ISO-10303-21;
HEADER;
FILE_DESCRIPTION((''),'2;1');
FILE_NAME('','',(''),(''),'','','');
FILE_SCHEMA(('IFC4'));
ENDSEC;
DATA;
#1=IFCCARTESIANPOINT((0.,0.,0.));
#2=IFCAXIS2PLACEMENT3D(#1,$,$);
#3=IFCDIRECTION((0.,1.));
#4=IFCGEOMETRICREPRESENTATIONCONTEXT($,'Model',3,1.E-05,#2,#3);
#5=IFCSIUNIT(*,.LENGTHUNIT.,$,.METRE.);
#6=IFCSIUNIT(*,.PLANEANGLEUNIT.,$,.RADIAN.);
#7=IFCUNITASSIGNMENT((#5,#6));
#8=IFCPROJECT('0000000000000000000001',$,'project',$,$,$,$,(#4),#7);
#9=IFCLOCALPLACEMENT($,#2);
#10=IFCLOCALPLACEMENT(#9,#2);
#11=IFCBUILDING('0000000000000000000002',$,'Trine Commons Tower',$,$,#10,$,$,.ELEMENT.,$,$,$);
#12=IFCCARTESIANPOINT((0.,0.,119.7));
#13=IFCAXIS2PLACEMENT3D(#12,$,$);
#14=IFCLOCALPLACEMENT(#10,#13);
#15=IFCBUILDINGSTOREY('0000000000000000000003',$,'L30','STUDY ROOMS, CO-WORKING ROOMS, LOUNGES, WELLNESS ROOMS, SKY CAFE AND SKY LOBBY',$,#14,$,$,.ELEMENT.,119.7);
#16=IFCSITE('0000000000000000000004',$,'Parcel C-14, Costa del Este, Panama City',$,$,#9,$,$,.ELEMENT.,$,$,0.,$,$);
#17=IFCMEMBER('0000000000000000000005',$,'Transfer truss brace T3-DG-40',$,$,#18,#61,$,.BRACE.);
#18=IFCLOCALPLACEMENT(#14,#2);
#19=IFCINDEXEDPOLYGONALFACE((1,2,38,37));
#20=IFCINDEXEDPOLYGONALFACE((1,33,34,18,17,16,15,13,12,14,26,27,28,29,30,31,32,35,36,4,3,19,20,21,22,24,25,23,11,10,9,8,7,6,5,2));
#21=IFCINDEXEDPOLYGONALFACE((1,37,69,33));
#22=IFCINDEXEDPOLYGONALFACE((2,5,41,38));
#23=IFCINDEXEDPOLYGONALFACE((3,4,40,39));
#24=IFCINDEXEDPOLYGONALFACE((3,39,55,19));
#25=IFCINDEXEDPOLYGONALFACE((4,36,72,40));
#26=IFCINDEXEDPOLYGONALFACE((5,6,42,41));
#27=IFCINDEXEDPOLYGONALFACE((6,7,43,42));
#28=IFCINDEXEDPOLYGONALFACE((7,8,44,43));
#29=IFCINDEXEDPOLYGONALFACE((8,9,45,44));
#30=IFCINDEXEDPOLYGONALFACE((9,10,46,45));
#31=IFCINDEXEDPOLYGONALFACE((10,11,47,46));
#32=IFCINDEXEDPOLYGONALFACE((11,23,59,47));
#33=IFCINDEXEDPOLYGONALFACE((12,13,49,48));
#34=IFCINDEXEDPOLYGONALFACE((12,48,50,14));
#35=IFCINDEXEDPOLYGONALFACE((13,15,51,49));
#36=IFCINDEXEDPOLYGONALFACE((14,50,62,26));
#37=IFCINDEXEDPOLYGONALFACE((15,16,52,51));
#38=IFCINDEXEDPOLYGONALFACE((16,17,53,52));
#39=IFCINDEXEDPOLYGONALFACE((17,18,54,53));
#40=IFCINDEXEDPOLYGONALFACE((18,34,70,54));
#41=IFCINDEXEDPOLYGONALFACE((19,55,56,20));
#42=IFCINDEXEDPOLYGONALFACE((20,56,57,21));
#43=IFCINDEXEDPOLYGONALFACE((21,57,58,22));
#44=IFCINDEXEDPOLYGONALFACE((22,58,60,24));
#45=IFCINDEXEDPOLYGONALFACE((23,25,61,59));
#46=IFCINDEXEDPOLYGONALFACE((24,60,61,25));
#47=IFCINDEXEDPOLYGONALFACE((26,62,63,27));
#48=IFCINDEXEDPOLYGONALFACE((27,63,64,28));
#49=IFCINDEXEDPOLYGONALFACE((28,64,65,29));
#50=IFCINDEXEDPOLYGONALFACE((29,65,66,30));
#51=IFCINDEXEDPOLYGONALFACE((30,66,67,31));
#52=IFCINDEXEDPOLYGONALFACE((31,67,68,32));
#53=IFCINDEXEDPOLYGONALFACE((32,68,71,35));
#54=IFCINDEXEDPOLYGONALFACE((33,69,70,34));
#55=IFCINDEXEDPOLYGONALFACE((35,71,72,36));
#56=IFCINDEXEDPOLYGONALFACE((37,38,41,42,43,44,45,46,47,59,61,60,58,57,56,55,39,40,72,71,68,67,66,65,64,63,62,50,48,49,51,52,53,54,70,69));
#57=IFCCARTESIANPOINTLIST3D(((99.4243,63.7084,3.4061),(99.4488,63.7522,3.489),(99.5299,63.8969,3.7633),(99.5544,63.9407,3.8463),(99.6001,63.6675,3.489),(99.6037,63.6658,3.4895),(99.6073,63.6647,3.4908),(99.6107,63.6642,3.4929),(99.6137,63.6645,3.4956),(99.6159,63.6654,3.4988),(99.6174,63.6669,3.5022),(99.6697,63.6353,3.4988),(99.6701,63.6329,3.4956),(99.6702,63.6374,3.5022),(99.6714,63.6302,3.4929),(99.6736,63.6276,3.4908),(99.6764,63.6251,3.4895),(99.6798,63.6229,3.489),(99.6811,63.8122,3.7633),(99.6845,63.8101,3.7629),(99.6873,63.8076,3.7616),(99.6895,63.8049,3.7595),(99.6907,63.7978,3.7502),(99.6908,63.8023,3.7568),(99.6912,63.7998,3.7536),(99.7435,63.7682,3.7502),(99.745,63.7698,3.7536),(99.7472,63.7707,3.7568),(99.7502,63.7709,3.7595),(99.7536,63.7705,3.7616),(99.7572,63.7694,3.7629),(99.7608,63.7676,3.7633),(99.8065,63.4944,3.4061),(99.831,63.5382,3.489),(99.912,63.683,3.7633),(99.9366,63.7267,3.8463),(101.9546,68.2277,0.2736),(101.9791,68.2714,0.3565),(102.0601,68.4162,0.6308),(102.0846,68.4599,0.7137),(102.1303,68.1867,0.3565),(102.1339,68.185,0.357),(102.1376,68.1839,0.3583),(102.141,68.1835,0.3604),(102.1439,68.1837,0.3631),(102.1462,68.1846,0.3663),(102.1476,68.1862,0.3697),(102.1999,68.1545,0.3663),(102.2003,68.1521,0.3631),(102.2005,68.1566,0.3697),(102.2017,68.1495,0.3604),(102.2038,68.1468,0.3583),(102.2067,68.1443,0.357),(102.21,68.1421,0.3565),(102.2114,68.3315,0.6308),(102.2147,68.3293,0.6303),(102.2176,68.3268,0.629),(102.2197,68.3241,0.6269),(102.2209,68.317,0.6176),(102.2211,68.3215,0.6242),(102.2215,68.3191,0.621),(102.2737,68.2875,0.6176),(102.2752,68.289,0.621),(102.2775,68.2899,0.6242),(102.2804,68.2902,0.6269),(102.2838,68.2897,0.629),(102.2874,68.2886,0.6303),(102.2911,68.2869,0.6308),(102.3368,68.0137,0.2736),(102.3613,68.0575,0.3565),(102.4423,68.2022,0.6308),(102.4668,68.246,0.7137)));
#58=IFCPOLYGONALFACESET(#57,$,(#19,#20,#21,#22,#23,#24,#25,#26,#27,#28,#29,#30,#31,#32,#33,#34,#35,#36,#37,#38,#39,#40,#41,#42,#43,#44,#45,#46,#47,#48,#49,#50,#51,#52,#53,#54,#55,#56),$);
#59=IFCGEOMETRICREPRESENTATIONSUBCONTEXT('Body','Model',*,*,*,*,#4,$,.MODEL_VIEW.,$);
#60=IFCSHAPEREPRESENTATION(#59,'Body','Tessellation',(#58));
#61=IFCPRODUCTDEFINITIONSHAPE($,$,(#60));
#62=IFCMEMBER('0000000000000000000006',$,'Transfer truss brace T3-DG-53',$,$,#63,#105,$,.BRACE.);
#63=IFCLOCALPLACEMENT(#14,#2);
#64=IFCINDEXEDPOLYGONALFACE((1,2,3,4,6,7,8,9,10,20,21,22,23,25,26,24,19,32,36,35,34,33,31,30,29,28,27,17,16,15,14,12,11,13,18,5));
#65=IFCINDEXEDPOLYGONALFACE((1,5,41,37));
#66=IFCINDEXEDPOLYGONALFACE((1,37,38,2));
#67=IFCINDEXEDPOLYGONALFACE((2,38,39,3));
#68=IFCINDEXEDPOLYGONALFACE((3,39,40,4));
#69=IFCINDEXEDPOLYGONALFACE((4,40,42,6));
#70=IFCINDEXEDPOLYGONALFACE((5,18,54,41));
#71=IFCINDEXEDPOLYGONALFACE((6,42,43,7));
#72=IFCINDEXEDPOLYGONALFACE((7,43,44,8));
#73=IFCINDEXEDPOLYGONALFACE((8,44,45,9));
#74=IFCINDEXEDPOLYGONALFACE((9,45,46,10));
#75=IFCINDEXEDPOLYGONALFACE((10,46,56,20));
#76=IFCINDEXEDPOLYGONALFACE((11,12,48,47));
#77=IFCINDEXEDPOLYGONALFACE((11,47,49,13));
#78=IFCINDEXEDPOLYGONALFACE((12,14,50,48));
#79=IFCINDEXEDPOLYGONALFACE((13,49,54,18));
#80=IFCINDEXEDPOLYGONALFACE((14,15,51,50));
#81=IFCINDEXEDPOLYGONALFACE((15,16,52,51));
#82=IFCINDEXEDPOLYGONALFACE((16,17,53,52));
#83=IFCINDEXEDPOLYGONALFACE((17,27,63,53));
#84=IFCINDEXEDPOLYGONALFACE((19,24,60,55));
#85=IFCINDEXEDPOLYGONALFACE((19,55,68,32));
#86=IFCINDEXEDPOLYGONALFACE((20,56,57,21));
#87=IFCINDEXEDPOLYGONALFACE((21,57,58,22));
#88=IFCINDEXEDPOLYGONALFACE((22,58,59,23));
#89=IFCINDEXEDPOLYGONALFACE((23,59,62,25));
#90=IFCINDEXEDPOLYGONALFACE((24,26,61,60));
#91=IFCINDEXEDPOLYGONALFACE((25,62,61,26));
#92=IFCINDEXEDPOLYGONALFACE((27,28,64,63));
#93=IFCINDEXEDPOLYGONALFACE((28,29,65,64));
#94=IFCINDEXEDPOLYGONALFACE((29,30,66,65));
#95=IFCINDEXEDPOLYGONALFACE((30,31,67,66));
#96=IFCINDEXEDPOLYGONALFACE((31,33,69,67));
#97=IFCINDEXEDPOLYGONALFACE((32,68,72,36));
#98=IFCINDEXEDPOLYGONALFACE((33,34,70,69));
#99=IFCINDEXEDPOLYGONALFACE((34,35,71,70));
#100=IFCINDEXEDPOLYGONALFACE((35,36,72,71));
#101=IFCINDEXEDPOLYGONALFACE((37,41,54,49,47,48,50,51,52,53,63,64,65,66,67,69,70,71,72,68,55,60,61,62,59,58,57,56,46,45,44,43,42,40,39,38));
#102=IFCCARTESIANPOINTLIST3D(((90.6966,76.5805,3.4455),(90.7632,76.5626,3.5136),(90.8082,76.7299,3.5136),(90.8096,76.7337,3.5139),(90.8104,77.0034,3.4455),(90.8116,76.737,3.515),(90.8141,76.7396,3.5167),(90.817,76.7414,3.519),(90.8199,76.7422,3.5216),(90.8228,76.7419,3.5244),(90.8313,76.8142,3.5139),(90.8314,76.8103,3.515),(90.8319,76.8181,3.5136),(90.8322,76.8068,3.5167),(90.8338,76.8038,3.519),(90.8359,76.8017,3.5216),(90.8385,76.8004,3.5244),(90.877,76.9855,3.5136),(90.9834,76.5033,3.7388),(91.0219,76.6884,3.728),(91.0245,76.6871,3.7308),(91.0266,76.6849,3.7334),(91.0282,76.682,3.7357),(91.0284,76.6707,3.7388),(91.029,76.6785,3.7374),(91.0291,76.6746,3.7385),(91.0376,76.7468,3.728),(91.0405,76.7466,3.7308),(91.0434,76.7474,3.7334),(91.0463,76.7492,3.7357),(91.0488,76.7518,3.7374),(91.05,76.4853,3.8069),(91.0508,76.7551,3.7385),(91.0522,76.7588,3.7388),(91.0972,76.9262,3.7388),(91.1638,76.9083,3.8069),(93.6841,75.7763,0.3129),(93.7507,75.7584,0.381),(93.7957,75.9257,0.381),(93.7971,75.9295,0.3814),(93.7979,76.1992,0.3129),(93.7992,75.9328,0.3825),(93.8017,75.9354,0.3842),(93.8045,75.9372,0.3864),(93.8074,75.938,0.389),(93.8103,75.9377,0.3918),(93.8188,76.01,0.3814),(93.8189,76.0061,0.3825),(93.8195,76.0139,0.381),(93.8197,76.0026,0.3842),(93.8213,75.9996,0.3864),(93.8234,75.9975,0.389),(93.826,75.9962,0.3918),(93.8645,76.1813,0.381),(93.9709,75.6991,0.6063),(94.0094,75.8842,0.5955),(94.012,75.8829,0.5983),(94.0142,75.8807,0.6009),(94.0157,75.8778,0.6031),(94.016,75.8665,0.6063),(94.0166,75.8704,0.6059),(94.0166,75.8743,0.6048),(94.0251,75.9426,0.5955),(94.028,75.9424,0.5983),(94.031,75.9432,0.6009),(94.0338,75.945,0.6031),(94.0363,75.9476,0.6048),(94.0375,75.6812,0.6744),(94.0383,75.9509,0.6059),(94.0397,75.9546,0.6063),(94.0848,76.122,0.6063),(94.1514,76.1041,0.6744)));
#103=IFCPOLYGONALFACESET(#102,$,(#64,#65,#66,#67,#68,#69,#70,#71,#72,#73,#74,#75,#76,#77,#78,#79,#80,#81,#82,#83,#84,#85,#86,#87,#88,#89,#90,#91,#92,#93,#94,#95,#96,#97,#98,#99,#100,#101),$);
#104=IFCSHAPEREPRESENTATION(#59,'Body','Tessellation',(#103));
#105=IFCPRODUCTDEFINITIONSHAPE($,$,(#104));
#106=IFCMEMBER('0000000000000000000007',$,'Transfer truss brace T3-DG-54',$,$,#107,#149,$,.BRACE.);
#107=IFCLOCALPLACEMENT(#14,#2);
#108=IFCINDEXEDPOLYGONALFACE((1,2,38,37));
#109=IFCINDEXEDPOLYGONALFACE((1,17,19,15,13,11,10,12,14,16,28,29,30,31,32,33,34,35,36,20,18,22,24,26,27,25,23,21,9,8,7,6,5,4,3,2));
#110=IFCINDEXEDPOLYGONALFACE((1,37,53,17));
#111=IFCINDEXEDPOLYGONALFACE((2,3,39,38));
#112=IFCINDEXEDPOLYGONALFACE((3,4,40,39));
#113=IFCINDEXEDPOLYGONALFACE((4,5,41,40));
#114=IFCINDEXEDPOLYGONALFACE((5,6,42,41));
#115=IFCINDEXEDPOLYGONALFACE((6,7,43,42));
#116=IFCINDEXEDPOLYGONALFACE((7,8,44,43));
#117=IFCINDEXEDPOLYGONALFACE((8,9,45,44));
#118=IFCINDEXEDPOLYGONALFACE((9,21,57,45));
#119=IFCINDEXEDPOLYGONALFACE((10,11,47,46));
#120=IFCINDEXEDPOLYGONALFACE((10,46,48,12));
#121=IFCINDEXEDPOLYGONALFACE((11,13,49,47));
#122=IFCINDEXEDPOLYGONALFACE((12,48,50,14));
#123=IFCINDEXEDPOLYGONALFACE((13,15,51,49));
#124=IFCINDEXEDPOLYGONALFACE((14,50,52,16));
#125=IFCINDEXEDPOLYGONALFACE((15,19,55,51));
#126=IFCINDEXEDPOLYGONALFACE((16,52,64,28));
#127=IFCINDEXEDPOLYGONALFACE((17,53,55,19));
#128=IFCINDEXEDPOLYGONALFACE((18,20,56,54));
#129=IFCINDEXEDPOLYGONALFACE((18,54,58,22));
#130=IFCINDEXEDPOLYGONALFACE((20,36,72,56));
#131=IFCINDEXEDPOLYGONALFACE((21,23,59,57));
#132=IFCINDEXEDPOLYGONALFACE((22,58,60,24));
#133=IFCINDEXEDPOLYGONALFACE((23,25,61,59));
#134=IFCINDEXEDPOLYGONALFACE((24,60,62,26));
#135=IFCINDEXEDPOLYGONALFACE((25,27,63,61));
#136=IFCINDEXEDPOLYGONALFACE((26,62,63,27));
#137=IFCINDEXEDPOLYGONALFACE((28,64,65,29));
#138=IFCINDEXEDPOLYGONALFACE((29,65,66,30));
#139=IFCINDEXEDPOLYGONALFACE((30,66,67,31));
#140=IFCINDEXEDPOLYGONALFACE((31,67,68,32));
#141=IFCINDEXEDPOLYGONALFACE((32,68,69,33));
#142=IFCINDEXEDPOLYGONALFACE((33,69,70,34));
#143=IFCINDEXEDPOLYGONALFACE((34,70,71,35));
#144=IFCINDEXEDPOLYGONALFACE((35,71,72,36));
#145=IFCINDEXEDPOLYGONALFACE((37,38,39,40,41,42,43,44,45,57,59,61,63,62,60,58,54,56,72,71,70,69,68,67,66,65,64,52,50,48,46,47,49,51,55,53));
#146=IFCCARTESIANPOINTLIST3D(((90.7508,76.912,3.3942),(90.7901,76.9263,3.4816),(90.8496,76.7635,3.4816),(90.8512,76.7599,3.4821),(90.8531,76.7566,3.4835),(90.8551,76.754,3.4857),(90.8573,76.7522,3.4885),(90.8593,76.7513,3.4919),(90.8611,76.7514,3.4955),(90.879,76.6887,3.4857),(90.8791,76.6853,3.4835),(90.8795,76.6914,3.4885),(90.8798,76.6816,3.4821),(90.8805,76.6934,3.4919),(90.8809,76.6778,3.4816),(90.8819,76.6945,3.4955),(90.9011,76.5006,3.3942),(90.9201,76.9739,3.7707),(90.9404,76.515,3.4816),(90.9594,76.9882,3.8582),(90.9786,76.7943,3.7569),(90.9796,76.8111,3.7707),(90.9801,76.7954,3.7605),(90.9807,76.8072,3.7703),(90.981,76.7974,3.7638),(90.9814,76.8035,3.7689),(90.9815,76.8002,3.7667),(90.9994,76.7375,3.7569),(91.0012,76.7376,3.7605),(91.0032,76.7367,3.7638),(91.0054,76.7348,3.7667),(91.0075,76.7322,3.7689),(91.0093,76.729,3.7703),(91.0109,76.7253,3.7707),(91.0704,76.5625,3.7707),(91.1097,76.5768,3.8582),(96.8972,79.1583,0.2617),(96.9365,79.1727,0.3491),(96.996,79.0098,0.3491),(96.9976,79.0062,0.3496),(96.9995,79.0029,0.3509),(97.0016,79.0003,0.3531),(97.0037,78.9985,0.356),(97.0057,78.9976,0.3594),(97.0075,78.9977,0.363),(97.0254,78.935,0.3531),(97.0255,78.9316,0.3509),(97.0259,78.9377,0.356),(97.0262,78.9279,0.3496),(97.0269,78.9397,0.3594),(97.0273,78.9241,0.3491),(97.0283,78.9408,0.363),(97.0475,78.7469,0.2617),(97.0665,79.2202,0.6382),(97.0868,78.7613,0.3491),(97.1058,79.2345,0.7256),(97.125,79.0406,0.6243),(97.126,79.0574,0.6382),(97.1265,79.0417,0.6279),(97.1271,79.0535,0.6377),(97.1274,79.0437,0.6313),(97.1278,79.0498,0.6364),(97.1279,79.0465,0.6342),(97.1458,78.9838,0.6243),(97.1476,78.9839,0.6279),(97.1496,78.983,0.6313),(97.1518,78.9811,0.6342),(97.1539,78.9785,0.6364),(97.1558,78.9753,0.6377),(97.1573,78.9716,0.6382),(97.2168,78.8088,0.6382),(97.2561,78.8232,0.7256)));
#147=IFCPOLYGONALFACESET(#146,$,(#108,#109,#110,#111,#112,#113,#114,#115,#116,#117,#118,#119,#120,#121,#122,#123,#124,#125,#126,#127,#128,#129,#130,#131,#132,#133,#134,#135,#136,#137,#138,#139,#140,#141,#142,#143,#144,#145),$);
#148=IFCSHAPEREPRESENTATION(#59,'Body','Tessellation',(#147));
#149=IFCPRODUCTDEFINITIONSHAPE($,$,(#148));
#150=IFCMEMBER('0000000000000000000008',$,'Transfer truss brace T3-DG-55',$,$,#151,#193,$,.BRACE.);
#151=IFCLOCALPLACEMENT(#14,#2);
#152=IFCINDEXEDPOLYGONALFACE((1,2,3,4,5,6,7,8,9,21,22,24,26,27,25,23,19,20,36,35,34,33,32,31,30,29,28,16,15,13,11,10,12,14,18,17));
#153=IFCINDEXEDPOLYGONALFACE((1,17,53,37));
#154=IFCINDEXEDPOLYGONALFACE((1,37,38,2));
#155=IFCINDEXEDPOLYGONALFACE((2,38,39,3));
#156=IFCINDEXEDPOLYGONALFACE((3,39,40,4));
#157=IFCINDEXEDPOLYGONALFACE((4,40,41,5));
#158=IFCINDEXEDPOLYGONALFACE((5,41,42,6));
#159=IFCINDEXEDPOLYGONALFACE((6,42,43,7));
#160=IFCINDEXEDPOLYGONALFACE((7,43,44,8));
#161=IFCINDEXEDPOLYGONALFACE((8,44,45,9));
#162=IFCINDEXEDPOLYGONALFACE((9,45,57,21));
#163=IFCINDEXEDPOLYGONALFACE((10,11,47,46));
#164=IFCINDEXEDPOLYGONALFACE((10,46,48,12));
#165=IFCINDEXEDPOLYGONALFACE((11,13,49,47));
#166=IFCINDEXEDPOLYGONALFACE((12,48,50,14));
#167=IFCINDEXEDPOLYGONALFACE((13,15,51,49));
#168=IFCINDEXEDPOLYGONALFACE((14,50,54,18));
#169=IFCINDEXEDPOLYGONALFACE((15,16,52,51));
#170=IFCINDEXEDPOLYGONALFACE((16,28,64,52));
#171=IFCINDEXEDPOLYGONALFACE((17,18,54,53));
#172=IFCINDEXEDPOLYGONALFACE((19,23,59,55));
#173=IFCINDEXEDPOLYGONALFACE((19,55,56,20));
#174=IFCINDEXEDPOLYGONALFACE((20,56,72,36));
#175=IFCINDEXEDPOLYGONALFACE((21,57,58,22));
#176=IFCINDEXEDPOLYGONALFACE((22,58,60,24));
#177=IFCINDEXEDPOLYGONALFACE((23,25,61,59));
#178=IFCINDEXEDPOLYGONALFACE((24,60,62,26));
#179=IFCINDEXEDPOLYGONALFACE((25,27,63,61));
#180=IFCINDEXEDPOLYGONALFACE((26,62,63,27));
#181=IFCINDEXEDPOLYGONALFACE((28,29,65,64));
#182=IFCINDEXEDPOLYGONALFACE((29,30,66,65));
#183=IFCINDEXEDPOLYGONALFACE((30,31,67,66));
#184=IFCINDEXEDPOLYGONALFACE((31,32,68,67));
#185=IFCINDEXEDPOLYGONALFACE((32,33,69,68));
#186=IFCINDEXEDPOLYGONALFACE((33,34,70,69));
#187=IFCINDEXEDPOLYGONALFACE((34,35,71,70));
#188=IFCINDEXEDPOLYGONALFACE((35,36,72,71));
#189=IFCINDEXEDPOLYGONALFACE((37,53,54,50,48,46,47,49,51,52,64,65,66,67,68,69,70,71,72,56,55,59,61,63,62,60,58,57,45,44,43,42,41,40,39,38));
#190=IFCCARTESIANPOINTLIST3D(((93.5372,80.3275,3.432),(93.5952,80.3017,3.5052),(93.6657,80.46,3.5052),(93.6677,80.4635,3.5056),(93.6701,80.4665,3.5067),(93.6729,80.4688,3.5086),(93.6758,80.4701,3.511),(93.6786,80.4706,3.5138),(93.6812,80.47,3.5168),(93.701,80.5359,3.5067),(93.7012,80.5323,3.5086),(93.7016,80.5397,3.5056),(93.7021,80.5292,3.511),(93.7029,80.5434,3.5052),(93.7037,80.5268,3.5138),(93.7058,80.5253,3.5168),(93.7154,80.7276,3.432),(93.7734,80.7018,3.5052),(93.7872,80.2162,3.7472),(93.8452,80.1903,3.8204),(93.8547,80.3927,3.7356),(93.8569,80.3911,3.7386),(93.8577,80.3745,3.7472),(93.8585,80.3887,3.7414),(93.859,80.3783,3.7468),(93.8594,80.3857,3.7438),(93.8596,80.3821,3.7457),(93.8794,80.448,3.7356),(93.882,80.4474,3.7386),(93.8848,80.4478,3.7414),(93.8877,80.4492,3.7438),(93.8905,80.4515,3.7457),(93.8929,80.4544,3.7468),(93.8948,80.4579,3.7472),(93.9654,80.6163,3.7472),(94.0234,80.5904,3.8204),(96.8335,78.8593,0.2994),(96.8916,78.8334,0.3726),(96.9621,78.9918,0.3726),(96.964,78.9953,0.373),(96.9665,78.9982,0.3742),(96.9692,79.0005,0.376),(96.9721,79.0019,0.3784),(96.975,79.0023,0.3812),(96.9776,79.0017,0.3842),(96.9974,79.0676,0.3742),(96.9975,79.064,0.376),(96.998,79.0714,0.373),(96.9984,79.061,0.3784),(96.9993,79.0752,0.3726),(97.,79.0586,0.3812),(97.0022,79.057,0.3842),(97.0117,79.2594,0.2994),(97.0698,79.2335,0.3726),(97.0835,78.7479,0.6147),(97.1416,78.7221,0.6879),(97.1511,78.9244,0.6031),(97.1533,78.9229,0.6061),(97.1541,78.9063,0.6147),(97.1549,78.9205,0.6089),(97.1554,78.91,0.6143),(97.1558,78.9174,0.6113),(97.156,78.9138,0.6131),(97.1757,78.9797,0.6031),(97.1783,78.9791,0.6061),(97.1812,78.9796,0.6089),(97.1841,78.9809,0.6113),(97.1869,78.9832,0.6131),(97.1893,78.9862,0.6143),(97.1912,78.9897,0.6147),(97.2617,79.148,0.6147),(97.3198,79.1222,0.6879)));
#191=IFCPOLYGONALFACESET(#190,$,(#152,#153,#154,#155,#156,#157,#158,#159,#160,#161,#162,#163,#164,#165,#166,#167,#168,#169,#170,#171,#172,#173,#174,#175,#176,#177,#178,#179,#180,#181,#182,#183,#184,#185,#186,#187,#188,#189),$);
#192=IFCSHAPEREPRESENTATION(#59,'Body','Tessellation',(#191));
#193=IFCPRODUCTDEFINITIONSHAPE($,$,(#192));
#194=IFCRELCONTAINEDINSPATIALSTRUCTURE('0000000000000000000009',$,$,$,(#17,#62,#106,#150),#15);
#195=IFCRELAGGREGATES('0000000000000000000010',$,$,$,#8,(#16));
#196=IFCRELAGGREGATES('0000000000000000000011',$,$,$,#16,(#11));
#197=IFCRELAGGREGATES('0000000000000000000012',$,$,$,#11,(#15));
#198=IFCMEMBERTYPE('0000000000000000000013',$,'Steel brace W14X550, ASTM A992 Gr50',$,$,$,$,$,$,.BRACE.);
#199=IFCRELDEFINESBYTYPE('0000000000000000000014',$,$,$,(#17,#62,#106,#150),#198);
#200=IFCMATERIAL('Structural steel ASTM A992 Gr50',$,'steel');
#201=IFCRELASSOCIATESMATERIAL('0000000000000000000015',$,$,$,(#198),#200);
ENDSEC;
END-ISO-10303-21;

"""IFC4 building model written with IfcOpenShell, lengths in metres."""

from ifc_helpers import new_model, si_unit, direction, frame, origin, origin_2d, place, context, subcontext, project, spatial, i_section, extrude, material, material_profile, profile_set, type_object, element, save


model = new_model("IFC4")

# Units and contexts
model_context = context("Model", 3, precision=1e-05, world=origin(), true_north=direction((0.0, 1.0)))
body_context = subcontext(model_context, "Body", "Model", "MODEL_VIEW")
ifc_project = project(units=[si_unit("LENGTHUNIT", "METRE"), si_unit("PLANEANGLEUNIT", "RADIAN")], contexts=[model_context])

# Site, building, storey
site_placement = place(None, origin())
site = spatial("IfcSite", under=ifc_project, at=site_placement, Name="Parcel C-14, Costa del Este, Panama City", CompositionType="ELEMENT", RefElevation=0.0)
building_placement = place(site_placement, origin())
building = spatial("IfcBuilding", under=site, at=building_placement, Name="Trine Commons Tower", CompositionType="ELEMENT")
storey_placement = place(building_placement, frame((0.0, 0.0, 119.7)))
storey = spatial("IfcBuildingStorey", under=building, at=storey_placement, Name="L30", Description="STUDY ROOMS, CO-WORKING ROOMS, LOUNGES, WELLNESS ROOMS, SKY CAFE AND SKY LOBBY", CompositionType="ELEMENT", Elevation=119.7)

# Members
ifc_material_1 = material(Name="Structural steel ASTM A992 Gr50", Category="steel")
ifc_material_profile_1 = material_profile(ifc_material_1, i_section(OverallWidth=0.438, OverallDepth=0.5144, WebThickness=0.0605, FlangeThickness=0.0969, FilletRadius=0.0154, at=origin_2d()), Name="W14X550")
ifc_profile_set_1 = profile_set([ifc_material_profile_1], Name="Structural steel ASTM A992 Gr50")
member_type_1 = type_object("IfcMemberType", Name="Steel brace W14X550, ASTM A992 Gr50", PredefinedType="BRACE", material=ifc_profile_set_1)
member_1_placement = place(storey_placement, frame((102.2107, 68.2368, 0.4937), z_axis=(-0.418017, -0.746615, 0.51752), x_axis=(0.872549, -0.488526, 0.0)))
element("IfcMember", 1, at=member_1_placement, inside=storey, type_object=member_type_1, Name="Transfer truss brace T3-DG-40", PredefinedType="BRACE", context=body_context, shape_type="SweptSolid", body=[
    extrude(i_section(OverallWidth=0.438, OverallDepth=0.5144, WebThickness=0.0605, FlangeThickness=0.0969, FilletRadius=0.0154, at=origin_2d()), origin(), (0.0, 0.0, 1.0), 6.053),
])
member_2_placement = place(storey_placement, frame((93.9177, 75.9402, 0.4937), z_axis=(-0.678547, 0.182654, 0.711485), x_axis=(-0.259931, -0.965627, 0.0)))
element("IfcMember", 2, at=member_2_placement, inside=storey, type_object=member_type_1, Name="Transfer truss brace T3-DG-53", PredefinedType="BRACE", context=body_context, shape_type="SweptSolid", body=[
    extrude(i_section(OverallWidth=0.438, OverallDepth=0.5144, WebThickness=0.0605, FlangeThickness=0.0969, FilletRadius=0.0154, at=origin_2d()), origin(), (0.0, 0.0, 1.0), 4.4028),
])
member_3_placement = place(storey_placement, frame((97.0767, 78.9907, 0.4937), z_axis=(-0.84718, -0.309617, 0.431767), x_axis=(0.343261, -0.93924, 0.0)))
element("IfcMember", 3, at=member_3_placement, inside=storey, type_object=member_type_1, Name="Transfer truss brace T3-DG-54", PredefinedType="BRACE", context=body_context, shape_type="SweptSolid", body=[
    extrude(i_section(OverallWidth=0.438, OverallDepth=0.5144, WebThickness=0.0605, FlangeThickness=0.0969, FilletRadius=0.0154, at=origin_2d()), origin(), (0.0, 0.0, 1.0), 7.2551),
])
member_4_placement = place(storey_placement, frame((97.0767, 78.9907, 0.4937), z_axis=(-0.689824, 0.307258, 0.655542), x_axis=(-0.406879, -0.913482, 0.0)))
element("IfcMember", 4, at=member_4_placement, inside=storey, type_object=member_type_1, Name="Transfer truss brace T3-DG-55", PredefinedType="BRACE", context=body_context, shape_type="SweptSolid", body=[
    extrude(i_section(OverallWidth=0.438, OverallDepth=0.5144, WebThickness=0.0605, FlangeThickness=0.0969, FilletRadius=0.0154, at=origin_2d()), origin(), (0.0, 0.0, 1.0), 4.7786),
])

save(model, "model.ifc")
